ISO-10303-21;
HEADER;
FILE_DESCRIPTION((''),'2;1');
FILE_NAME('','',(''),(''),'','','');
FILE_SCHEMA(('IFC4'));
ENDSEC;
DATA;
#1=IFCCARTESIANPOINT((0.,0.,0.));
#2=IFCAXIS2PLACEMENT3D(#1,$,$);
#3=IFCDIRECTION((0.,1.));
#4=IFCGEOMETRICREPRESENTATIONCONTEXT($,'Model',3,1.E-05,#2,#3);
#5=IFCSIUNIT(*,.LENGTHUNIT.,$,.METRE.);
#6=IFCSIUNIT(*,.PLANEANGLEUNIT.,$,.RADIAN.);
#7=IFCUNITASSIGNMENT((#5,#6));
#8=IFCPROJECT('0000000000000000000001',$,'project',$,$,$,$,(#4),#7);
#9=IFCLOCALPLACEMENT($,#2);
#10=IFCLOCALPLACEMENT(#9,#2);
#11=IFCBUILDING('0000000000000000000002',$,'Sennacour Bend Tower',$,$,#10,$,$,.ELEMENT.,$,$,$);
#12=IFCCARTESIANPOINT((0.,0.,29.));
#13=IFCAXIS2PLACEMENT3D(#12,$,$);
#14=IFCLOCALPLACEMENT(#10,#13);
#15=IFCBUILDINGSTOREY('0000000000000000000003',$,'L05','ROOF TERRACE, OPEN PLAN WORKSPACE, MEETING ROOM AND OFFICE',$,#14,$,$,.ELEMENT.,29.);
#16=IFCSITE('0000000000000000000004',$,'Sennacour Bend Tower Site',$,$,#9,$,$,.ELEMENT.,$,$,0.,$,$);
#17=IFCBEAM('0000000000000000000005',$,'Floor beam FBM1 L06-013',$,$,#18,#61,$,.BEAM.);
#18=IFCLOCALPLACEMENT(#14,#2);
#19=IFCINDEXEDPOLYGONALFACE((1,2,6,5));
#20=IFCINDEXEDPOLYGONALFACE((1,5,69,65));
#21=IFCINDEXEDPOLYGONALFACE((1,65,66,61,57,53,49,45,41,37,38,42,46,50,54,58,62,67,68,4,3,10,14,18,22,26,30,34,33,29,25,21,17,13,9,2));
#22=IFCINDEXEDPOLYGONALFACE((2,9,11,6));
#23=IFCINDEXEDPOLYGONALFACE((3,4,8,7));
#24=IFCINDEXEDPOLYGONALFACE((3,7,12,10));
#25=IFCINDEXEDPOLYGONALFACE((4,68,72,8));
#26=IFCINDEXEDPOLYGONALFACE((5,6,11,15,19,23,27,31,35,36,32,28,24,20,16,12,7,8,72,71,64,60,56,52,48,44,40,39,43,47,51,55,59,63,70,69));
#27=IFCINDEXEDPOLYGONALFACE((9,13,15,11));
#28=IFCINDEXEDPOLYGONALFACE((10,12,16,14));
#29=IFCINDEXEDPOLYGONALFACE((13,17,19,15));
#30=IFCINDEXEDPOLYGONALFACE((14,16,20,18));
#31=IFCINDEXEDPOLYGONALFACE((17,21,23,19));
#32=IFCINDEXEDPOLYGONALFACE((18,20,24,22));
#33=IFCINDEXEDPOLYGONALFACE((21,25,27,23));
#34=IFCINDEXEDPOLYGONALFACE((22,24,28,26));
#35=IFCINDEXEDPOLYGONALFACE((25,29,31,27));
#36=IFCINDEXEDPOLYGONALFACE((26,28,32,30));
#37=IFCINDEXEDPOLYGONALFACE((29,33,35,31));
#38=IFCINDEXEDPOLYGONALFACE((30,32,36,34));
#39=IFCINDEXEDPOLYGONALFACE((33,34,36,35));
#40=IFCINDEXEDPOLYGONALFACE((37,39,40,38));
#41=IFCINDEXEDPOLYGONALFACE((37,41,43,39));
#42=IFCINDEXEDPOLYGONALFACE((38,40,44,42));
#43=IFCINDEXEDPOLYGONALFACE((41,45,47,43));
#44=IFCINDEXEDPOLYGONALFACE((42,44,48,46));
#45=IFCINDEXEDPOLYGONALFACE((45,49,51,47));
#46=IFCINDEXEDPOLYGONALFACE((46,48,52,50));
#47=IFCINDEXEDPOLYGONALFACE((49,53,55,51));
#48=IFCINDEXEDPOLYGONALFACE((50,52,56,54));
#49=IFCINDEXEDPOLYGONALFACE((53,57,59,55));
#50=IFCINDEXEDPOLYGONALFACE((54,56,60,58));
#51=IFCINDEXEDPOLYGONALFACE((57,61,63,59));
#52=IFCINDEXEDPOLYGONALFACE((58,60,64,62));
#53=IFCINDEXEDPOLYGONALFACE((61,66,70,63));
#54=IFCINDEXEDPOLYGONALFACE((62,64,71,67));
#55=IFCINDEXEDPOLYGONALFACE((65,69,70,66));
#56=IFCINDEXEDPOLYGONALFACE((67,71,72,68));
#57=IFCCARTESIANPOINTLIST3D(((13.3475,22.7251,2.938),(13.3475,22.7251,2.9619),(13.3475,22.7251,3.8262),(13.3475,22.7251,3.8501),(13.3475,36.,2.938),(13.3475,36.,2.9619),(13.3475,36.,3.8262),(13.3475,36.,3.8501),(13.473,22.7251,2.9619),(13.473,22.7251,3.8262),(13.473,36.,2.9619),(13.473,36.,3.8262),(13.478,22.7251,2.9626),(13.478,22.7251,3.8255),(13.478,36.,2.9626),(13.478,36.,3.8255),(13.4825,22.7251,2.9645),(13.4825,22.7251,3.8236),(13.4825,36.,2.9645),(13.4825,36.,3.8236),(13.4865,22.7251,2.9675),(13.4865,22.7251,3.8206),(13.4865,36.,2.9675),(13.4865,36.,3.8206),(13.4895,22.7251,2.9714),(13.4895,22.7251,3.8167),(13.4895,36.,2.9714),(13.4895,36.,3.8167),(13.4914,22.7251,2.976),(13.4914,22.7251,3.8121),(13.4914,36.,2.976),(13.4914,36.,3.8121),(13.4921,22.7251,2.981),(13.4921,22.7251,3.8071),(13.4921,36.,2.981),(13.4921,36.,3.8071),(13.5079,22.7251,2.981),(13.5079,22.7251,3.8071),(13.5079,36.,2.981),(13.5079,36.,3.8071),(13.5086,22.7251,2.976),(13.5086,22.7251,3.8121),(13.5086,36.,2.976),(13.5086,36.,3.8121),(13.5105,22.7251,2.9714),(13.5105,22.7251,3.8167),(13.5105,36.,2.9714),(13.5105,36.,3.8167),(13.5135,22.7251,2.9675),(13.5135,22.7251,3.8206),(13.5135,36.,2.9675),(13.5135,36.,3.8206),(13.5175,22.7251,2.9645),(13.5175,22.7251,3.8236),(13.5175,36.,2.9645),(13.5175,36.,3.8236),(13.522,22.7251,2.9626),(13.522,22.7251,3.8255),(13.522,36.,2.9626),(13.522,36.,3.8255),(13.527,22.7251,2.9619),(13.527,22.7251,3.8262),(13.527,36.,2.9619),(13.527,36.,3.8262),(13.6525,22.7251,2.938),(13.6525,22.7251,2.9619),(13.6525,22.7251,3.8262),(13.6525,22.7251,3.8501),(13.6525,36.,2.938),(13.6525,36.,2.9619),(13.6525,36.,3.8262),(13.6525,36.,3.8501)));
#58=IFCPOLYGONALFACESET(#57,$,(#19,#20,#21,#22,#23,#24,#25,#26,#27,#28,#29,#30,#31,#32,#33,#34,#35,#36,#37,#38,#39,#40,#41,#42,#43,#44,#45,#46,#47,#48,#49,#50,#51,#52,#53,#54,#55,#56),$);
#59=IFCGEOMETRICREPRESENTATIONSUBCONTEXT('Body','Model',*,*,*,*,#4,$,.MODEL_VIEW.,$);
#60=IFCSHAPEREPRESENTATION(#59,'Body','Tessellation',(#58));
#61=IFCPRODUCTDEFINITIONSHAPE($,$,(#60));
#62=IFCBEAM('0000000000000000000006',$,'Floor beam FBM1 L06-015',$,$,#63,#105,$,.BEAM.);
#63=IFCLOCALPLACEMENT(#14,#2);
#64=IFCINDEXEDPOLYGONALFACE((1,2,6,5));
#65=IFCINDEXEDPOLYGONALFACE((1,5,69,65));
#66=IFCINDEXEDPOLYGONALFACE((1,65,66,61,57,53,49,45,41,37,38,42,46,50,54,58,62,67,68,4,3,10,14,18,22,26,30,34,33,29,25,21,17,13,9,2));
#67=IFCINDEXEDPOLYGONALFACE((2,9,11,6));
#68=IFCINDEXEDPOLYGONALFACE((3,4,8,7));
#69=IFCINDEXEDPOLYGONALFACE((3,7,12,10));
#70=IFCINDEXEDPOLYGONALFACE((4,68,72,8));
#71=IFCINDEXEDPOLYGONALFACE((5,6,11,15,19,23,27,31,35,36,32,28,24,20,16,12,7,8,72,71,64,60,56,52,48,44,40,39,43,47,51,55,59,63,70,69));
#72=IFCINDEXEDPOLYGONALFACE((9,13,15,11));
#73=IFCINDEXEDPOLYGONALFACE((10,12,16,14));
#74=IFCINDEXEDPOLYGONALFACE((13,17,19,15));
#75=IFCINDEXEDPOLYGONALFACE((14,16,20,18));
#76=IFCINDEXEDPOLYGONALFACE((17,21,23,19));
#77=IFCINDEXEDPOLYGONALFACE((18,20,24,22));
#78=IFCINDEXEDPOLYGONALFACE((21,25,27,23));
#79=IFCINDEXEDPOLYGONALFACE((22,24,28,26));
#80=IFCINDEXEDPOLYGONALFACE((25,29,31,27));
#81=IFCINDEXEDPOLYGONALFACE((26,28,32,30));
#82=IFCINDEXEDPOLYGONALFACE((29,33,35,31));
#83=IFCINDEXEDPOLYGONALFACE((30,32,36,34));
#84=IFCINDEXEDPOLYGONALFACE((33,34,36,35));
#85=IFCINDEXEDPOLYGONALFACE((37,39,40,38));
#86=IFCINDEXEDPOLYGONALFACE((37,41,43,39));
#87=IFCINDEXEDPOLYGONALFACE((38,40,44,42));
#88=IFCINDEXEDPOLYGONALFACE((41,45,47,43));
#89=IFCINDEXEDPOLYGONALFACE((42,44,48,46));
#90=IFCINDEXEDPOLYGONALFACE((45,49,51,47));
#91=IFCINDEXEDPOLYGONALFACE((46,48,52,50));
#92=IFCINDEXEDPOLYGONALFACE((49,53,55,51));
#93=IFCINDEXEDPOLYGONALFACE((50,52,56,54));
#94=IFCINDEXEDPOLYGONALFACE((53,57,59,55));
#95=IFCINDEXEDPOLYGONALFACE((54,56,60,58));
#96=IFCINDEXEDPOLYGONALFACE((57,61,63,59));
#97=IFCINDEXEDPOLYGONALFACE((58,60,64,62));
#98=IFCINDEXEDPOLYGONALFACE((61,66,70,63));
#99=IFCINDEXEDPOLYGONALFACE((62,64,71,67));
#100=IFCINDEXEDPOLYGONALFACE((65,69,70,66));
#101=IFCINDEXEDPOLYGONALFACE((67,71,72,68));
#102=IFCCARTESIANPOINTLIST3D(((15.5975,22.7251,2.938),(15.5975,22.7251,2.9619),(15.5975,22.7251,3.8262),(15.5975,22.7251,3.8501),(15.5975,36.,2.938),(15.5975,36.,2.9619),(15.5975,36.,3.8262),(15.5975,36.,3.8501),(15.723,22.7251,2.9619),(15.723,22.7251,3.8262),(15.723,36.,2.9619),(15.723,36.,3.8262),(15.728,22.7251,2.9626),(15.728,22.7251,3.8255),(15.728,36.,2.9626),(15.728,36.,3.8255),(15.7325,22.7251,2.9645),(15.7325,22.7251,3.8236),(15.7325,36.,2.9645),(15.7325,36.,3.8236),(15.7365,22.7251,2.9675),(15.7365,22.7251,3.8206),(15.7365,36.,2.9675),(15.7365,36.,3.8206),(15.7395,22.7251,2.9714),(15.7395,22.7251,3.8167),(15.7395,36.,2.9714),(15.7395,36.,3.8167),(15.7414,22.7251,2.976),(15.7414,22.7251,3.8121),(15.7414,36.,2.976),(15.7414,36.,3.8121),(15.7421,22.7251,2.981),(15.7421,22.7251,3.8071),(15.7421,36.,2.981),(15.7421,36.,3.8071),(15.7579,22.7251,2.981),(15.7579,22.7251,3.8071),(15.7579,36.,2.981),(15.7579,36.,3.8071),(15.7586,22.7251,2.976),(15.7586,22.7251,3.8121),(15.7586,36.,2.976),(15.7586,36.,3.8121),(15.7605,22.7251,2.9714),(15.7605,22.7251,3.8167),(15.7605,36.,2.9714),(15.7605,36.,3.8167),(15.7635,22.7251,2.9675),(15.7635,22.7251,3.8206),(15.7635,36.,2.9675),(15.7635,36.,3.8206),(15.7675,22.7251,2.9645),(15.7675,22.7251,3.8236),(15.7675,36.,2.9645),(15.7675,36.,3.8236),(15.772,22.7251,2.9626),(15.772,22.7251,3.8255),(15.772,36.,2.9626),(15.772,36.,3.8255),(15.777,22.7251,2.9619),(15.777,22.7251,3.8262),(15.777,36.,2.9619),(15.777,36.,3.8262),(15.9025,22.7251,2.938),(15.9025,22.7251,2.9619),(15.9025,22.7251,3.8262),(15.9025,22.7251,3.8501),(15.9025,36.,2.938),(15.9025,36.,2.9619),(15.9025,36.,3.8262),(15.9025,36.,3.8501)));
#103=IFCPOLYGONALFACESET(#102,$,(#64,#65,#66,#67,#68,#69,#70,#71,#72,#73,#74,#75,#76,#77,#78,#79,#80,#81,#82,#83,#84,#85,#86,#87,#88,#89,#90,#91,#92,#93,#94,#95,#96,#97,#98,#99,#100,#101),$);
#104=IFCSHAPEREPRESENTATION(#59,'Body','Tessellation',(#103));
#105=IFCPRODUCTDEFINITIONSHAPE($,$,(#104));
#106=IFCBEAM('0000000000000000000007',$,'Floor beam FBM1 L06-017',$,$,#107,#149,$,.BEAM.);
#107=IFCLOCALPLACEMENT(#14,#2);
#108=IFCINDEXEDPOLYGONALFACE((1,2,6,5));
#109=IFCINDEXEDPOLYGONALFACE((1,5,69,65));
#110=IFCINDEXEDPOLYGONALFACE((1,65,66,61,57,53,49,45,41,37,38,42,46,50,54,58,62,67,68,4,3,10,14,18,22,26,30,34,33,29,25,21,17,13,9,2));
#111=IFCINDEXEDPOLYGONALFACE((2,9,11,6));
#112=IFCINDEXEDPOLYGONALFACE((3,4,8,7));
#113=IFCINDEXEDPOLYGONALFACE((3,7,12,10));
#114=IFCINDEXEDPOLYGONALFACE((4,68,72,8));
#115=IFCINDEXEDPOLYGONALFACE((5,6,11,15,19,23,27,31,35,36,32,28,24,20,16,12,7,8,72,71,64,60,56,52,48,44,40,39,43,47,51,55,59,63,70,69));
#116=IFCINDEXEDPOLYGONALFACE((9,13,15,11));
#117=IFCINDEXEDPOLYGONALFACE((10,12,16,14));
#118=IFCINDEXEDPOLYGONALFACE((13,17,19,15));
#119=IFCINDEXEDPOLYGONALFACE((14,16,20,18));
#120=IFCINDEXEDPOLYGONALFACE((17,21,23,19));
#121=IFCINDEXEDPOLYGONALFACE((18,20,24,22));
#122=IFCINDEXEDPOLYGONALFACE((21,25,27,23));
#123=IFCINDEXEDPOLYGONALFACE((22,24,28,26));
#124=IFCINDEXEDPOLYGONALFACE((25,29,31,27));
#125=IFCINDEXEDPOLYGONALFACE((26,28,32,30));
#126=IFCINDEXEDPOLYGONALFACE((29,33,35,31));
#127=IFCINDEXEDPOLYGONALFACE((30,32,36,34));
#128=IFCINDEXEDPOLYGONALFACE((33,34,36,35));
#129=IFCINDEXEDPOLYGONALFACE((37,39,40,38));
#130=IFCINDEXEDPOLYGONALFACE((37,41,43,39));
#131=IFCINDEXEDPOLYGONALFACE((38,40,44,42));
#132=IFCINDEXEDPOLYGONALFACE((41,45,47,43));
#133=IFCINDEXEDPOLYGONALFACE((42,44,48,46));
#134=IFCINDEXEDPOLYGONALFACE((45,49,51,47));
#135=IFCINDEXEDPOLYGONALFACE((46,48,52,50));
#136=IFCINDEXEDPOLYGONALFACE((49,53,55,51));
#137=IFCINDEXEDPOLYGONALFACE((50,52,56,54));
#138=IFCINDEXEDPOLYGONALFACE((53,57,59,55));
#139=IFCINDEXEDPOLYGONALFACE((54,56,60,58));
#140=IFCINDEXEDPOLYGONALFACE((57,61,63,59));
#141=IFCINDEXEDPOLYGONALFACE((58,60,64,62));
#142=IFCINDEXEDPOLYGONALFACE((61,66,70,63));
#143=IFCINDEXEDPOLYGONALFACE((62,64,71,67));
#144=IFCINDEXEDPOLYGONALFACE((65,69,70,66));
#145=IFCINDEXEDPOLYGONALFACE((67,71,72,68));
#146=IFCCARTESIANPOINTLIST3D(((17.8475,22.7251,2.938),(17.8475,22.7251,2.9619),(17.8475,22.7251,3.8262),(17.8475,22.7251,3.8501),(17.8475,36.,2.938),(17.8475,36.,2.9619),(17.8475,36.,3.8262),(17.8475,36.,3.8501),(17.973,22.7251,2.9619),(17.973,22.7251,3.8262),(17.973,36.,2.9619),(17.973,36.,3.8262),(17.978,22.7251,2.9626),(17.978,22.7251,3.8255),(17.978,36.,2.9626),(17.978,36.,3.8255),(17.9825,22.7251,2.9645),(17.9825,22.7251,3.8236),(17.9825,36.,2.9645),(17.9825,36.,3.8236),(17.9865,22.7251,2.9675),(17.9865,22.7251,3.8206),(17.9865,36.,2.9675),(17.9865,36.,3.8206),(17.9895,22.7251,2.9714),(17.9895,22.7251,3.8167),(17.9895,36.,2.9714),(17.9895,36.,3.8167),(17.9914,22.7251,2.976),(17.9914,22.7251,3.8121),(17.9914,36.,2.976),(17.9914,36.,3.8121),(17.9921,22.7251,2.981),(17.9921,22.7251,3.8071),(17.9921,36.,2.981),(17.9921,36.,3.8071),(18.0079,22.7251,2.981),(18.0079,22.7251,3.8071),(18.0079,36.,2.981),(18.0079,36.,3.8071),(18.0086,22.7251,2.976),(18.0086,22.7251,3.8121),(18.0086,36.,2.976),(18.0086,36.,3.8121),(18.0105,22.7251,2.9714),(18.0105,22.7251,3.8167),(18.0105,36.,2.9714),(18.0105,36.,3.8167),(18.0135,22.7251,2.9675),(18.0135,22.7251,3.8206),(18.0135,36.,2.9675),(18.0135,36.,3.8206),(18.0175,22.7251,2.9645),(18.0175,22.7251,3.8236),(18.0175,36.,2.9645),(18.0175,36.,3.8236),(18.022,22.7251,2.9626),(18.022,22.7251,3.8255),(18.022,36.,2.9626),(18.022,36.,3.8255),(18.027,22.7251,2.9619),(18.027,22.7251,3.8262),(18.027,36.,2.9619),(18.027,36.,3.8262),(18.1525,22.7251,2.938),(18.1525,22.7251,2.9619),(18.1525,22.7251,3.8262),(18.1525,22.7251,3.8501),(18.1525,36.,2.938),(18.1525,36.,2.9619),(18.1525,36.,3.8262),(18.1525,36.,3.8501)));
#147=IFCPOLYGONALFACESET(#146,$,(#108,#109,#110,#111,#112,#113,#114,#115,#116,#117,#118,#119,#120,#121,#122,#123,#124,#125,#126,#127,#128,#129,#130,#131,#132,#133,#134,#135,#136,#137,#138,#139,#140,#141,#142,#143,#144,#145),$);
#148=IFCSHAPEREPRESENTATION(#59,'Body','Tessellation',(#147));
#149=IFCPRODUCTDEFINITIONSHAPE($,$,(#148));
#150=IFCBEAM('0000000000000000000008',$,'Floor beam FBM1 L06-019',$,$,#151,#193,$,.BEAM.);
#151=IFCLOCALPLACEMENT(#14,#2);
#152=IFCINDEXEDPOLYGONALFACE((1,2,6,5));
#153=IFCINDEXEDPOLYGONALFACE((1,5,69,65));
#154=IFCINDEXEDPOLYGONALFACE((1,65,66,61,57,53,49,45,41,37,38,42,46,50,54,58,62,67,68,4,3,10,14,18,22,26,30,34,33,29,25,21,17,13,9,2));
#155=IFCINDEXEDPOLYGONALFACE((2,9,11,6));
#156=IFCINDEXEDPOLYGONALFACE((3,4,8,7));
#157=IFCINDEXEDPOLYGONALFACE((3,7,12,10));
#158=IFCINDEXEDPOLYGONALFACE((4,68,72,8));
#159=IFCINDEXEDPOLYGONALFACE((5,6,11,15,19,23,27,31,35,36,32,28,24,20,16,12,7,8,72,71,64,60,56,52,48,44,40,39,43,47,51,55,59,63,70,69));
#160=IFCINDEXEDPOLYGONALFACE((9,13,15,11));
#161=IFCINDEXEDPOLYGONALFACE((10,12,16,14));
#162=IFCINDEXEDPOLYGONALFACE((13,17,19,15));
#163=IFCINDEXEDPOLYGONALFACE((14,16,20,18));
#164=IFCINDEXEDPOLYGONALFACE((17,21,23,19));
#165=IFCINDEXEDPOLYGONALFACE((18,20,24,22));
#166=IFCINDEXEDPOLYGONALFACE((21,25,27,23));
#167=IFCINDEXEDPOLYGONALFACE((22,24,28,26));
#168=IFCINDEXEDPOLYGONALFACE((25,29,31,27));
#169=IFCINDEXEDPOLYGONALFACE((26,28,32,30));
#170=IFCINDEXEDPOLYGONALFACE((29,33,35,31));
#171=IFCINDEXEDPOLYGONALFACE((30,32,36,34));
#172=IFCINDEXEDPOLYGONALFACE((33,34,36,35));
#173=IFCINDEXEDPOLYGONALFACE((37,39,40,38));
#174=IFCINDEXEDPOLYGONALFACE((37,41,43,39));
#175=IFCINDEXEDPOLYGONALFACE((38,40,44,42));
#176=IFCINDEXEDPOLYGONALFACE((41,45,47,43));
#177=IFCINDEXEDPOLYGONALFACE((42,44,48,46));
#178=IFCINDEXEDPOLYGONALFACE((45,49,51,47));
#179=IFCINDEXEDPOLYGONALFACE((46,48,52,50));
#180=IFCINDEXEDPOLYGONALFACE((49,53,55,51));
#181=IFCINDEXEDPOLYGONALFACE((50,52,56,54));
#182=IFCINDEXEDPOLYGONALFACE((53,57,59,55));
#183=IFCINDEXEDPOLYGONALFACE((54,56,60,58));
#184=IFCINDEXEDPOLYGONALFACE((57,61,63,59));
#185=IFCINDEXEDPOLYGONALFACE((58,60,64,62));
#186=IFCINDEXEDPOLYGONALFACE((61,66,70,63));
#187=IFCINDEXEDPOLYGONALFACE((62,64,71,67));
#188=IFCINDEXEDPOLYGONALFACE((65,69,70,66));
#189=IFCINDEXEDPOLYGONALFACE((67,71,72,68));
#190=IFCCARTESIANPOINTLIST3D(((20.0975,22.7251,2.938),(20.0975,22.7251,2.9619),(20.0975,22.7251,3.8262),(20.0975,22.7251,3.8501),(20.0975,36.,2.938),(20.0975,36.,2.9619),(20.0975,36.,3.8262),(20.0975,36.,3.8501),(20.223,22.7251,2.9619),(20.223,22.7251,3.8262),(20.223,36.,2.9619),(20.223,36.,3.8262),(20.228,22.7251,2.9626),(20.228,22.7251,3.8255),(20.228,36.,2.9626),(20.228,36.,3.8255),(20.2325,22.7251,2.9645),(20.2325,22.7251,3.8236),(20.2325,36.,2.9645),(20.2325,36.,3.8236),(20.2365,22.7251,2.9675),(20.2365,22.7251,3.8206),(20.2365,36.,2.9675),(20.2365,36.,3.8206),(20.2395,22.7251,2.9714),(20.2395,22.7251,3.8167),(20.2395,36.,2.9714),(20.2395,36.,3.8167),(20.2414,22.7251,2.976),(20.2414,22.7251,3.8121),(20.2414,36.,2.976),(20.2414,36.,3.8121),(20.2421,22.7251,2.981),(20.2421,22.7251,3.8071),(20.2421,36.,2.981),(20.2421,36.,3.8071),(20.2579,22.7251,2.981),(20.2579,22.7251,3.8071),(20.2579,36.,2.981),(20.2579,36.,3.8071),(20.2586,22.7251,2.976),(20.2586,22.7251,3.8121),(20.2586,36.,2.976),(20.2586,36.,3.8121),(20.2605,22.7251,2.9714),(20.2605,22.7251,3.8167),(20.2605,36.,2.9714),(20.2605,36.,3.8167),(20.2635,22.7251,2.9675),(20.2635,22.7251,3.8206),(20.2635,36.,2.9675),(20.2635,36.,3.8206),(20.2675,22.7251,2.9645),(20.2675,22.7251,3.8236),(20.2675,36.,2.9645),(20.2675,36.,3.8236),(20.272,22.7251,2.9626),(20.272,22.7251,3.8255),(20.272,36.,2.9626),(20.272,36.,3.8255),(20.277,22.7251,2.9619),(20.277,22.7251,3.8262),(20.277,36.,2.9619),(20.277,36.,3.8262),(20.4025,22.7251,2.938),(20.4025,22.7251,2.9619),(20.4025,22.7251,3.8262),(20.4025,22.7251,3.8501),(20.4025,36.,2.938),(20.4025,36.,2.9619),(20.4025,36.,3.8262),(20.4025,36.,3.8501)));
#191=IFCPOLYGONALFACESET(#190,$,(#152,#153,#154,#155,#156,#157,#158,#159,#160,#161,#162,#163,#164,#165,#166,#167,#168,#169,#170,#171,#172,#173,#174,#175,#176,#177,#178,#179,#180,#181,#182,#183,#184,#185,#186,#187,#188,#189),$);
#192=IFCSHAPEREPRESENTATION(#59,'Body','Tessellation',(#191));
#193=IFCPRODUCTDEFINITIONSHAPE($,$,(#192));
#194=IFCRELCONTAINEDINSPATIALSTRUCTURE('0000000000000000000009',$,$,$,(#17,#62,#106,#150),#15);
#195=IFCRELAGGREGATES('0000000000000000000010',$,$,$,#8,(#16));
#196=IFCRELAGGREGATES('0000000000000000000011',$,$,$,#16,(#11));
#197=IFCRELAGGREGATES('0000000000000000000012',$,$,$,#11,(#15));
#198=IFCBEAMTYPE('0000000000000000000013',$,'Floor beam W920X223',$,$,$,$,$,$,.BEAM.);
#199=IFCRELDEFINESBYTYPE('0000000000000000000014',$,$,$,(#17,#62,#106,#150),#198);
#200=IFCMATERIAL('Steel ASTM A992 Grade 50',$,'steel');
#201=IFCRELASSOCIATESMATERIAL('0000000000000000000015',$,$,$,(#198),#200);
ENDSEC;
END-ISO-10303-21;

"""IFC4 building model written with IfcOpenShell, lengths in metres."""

from ifc_helpers import new_model, si_unit, direction, frame, origin, origin_2d, place, context, subcontext, project, spatial, i_section, extrude, material, material_profile, profile_set, type_object, element, save


model = new_model("IFC4")

# Units and contexts
model_context = context("Model", 3, precision=1e-05, world=origin(), true_north=direction((0.0, 1.0)))
body_context = subcontext(model_context, "Body", "Model", "MODEL_VIEW")
ifc_project = project(units=[si_unit("LENGTHUNIT", "METRE"), si_unit("PLANEANGLEUNIT", "RADIAN")], contexts=[model_context])

# Site, building, storey
site_placement = place(None, origin())
site = spatial("IfcSite", under=ifc_project, at=site_placement, Name="Sennacour Bend Tower Site", CompositionType="ELEMENT", RefElevation=0.0)
building_placement = place(site_placement, origin())
building = spatial("IfcBuilding", under=site, at=building_placement, Name="Sennacour Bend Tower", CompositionType="ELEMENT")
storey_placement = place(building_placement, frame((0.0, 0.0, 29.0)))
storey = spatial("IfcBuildingStorey", under=building, at=storey_placement, Name="L05", Description="ROOF TERRACE, OPEN PLAN WORKSPACE, MEETING ROOM AND OFFICE", CompositionType="ELEMENT", Elevation=29.0)

# Beams
ifc_material_1 = material(Name="Steel ASTM A992 Grade 50", Category="steel")
ifc_material_profile_1 = material_profile(ifc_material_1, i_section(OverallWidth=0.3049, OverallDepth=0.9121, WebThickness=0.0159, FlangeThickness=0.0239, FilletRadius=0.019, at=origin_2d()), Name="Steel ASTM A992 Grade 50", Category="steel")
ifc_profile_set_1 = profile_set([ifc_material_profile_1], Name="Steel ASTM A992 Grade 50")
beam_type_1 = type_object("IfcBeamType", Name="Floor beam W920X223", PredefinedType="BEAM", material=ifc_profile_set_1)
for number, where, z_axis, x_axis, name in (
    (1, (13.5, 22.7251, 3.394), (0.0, 1.0, 0.0), (-1.0, 0.0, 0.0), "Floor beam FBM1 L06-013"),
    (2, (15.75, 22.7251, 3.394), (0.0, 1.0, 0.0), (-1.0, 0.0, 0.0), "Floor beam FBM1 L06-015"),
    (3, (18.0, 22.7251, 3.394), (0.0, 1.0, 0.0), (-1.0, 0.0, 0.0), "Floor beam FBM1 L06-017"),
    (4, (20.25, 22.7251, 3.394), (0.0, 1.0, 0.0), (-1.0, 0.0, 0.0), "Floor beam FBM1 L06-019"),
):
    element("IfcBeam", number, at=place(storey_placement, frame(where, z_axis=z_axis, x_axis=x_axis)), inside=storey, type_object=beam_type_1, Name=name, PredefinedType="BEAM", context=body_context, shape_type="SweptSolid", body=[
        extrude(i_section(OverallWidth=0.3049, OverallDepth=0.9121, WebThickness=0.0159, FlangeThickness=0.0239, FilletRadius=0.019, at=origin_2d()), origin(), (0.0, 0.0, 1.0), 13.2749),
    ])

save(model, "model.ifc")
